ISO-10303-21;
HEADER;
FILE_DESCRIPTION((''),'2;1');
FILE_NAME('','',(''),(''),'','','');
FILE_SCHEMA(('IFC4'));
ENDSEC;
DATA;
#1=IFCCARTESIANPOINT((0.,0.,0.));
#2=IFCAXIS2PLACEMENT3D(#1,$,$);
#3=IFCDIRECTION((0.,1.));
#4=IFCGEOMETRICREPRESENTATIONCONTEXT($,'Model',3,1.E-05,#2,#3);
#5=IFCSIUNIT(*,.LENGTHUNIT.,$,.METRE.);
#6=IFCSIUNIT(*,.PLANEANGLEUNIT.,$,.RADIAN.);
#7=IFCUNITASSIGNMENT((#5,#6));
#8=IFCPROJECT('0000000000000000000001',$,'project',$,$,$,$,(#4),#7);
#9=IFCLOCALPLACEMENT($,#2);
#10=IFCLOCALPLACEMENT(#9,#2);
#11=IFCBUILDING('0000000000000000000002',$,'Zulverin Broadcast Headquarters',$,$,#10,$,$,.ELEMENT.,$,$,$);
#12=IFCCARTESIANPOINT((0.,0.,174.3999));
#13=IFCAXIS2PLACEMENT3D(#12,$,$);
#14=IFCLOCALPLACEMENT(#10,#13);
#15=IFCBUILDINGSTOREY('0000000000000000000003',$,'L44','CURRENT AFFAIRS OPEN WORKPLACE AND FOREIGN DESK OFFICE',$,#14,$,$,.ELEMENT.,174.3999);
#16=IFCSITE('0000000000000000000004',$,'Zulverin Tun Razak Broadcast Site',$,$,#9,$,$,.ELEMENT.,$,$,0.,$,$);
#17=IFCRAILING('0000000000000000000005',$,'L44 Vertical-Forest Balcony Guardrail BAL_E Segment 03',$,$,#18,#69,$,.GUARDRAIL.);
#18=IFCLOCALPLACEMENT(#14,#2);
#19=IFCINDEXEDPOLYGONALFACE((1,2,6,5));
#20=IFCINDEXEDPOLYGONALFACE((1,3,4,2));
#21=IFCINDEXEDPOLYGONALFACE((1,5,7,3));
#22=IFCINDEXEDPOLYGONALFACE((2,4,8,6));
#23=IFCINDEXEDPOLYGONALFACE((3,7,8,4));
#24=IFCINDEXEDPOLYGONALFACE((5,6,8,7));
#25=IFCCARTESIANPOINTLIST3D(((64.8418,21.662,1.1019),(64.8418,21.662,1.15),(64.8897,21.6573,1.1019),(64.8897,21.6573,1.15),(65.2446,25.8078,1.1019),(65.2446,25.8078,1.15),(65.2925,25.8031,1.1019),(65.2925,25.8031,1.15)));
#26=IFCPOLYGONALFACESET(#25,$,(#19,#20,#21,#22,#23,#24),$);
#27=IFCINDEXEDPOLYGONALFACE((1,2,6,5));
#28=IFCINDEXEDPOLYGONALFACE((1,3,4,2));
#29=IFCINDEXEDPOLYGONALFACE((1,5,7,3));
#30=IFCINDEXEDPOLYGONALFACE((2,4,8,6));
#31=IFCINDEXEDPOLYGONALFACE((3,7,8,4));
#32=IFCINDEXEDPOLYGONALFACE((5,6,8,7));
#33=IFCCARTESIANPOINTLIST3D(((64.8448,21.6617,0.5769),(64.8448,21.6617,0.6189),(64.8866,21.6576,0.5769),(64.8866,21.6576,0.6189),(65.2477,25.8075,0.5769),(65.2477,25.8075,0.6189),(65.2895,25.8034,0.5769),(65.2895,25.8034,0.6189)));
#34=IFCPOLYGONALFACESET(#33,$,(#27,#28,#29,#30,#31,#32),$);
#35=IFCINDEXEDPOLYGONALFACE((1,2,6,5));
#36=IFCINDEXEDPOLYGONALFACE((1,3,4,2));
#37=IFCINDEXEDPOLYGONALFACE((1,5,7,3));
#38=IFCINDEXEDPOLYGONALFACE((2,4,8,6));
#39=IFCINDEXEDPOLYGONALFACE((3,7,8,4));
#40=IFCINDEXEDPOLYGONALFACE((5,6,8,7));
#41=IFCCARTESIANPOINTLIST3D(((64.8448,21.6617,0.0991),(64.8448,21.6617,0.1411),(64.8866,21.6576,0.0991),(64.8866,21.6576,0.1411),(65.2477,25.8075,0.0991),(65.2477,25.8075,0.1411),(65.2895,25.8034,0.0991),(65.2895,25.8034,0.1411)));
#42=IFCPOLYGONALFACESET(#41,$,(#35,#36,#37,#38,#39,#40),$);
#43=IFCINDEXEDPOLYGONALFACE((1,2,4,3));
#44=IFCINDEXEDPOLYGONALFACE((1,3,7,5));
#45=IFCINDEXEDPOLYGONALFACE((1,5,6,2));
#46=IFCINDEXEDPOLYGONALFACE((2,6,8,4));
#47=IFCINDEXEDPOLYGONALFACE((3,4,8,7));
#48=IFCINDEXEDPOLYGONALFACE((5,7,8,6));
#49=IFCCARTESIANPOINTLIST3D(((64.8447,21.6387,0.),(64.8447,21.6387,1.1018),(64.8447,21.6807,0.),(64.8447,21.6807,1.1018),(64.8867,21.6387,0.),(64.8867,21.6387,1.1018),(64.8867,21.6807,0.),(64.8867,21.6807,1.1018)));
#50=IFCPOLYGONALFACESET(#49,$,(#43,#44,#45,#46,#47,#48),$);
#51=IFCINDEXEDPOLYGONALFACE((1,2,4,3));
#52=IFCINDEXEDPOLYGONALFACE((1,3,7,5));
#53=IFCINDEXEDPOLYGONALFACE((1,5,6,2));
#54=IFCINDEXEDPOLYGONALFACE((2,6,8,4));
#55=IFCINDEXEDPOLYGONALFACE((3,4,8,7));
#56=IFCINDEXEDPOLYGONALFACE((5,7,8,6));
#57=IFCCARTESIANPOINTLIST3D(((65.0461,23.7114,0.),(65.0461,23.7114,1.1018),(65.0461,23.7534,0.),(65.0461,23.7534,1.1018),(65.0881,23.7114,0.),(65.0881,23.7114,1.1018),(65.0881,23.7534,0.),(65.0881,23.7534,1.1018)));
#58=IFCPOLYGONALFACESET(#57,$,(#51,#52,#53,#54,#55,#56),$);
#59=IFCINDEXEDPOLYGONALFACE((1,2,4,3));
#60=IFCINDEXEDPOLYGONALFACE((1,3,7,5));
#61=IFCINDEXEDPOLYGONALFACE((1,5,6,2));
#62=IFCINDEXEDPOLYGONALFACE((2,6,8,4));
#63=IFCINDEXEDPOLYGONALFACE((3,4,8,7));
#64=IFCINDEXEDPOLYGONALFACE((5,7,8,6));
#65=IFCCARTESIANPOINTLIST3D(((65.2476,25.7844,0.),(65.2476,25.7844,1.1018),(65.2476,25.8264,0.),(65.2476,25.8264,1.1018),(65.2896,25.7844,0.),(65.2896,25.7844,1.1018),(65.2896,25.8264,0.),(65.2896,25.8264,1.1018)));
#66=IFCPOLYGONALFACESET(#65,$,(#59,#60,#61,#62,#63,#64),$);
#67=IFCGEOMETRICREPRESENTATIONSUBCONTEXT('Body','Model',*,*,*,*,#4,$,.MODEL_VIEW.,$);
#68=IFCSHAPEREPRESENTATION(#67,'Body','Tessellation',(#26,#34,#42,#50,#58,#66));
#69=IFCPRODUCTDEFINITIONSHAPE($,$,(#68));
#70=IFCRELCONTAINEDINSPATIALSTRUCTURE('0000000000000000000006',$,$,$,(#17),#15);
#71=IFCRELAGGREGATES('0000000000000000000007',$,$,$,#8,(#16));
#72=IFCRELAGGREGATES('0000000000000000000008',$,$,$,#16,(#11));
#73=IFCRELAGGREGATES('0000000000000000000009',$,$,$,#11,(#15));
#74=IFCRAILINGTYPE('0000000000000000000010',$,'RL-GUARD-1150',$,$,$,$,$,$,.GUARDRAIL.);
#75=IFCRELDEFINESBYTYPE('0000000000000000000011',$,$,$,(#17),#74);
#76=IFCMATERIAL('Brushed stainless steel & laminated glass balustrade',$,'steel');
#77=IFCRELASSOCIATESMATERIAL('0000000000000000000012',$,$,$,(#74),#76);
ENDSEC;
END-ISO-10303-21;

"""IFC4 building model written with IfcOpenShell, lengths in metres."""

from ifc_helpers import new_model, si_unit, direction, frame, origin, origin_2d, place, context, subcontext, project, spatial, rectangle, extrude, material, type_object, element, save


model = new_model("IFC4")

# Units and contexts
model_context = context("Model", 3, precision=1e-05, world=origin(), true_north=direction((0.0, 1.0)))
body_context = subcontext(model_context, "Body", "Model", "MODEL_VIEW")
ifc_project = project(units=[si_unit("LENGTHUNIT", "METRE"), si_unit("PLANEANGLEUNIT", "RADIAN")], contexts=[model_context])

# Site, building, storey
site_placement = place(None, origin())
site = spatial("IfcSite", under=ifc_project, at=site_placement, Name="Zulverin Tun Razak Broadcast Site", CompositionType="ELEMENT", RefElevation=0.0)
building_placement = place(site_placement, origin())
building = spatial("IfcBuilding", under=site, at=building_placement, Name="Zulverin Broadcast Headquarters", CompositionType="ELEMENT")
storey_placement = place(building_placement, frame((0.0, 0.0, 174.3999)))
storey = spatial("IfcBuildingStorey", under=building, at=storey_placement, Name="L44", Description="CURRENT AFFAIRS OPEN WORKPLACE AND FOREIGN DESK OFFICE", CompositionType="ELEMENT", Elevation=174.3999)

# Railing
ifc_material_1 = material(Name="Brushed stainless steel & laminated glass balustrade", Category="steel")
railing_type = type_object("IfcRailingType", Name="RL-GUARD-1150", PredefinedType="GUARDRAIL", material=ifc_material_1)
railing_1_placement = place(storey_placement, frame((64.8657, 21.6597, 0.0)))
element("IfcRailing", 1, at=railing_1_placement, inside=storey, type_object=railing_type, Name="L44 Vertical-Forest Balcony Guardrail BAL_E Segment 03", PredefinedType="GUARDRAIL", context=body_context, shape_type="SweptSolid", body=[
    extrude(rectangle(XDim=0.0481, YDim=0.0481, at=origin_2d()), frame((0.0, 0.0, 1.126), z_axis=(0.096712, 0.995312, 0.0), x_axis=(-0.995312, 0.096712, 0.0)), (0.0, 0.0, 1.0), 4.1653),
    extrude(rectangle(XDim=0.042, YDim=0.042, at=origin_2d()), frame((0.0, 0.0, 0.5979), z_axis=(0.096712, 0.995312, 0.0), x_axis=(-0.995312, 0.096712, 0.0)), (0.0, 0.0, 1.0), 4.1653),
    extrude(rectangle(XDim=0.042, YDim=0.042, at=origin_2d()), frame((0.0, 0.0, 0.1201), z_axis=(0.096712, 0.995312, 0.0), x_axis=(-0.995312, 0.096712, 0.0)), (0.0, 0.0, 1.0), 4.1653),
    extrude(rectangle(XDim=0.042, YDim=0.042, at=origin_2d()), origin(), (0.0, 0.0, 1.0), 1.1018),
    extrude(rectangle(XDim=0.042, YDim=0.042, at=origin_2d()), frame((0.2014, 2.0728, 0.0)), (0.0, 0.0, 1.0), 1.1018),
    extrude(rectangle(XDim=0.042, YDim=0.042, at=origin_2d()), frame((0.4028, 4.1458, 0.0)), (0.0, 0.0, 1.0), 1.1018),
])

save(model, "model.ifc")
